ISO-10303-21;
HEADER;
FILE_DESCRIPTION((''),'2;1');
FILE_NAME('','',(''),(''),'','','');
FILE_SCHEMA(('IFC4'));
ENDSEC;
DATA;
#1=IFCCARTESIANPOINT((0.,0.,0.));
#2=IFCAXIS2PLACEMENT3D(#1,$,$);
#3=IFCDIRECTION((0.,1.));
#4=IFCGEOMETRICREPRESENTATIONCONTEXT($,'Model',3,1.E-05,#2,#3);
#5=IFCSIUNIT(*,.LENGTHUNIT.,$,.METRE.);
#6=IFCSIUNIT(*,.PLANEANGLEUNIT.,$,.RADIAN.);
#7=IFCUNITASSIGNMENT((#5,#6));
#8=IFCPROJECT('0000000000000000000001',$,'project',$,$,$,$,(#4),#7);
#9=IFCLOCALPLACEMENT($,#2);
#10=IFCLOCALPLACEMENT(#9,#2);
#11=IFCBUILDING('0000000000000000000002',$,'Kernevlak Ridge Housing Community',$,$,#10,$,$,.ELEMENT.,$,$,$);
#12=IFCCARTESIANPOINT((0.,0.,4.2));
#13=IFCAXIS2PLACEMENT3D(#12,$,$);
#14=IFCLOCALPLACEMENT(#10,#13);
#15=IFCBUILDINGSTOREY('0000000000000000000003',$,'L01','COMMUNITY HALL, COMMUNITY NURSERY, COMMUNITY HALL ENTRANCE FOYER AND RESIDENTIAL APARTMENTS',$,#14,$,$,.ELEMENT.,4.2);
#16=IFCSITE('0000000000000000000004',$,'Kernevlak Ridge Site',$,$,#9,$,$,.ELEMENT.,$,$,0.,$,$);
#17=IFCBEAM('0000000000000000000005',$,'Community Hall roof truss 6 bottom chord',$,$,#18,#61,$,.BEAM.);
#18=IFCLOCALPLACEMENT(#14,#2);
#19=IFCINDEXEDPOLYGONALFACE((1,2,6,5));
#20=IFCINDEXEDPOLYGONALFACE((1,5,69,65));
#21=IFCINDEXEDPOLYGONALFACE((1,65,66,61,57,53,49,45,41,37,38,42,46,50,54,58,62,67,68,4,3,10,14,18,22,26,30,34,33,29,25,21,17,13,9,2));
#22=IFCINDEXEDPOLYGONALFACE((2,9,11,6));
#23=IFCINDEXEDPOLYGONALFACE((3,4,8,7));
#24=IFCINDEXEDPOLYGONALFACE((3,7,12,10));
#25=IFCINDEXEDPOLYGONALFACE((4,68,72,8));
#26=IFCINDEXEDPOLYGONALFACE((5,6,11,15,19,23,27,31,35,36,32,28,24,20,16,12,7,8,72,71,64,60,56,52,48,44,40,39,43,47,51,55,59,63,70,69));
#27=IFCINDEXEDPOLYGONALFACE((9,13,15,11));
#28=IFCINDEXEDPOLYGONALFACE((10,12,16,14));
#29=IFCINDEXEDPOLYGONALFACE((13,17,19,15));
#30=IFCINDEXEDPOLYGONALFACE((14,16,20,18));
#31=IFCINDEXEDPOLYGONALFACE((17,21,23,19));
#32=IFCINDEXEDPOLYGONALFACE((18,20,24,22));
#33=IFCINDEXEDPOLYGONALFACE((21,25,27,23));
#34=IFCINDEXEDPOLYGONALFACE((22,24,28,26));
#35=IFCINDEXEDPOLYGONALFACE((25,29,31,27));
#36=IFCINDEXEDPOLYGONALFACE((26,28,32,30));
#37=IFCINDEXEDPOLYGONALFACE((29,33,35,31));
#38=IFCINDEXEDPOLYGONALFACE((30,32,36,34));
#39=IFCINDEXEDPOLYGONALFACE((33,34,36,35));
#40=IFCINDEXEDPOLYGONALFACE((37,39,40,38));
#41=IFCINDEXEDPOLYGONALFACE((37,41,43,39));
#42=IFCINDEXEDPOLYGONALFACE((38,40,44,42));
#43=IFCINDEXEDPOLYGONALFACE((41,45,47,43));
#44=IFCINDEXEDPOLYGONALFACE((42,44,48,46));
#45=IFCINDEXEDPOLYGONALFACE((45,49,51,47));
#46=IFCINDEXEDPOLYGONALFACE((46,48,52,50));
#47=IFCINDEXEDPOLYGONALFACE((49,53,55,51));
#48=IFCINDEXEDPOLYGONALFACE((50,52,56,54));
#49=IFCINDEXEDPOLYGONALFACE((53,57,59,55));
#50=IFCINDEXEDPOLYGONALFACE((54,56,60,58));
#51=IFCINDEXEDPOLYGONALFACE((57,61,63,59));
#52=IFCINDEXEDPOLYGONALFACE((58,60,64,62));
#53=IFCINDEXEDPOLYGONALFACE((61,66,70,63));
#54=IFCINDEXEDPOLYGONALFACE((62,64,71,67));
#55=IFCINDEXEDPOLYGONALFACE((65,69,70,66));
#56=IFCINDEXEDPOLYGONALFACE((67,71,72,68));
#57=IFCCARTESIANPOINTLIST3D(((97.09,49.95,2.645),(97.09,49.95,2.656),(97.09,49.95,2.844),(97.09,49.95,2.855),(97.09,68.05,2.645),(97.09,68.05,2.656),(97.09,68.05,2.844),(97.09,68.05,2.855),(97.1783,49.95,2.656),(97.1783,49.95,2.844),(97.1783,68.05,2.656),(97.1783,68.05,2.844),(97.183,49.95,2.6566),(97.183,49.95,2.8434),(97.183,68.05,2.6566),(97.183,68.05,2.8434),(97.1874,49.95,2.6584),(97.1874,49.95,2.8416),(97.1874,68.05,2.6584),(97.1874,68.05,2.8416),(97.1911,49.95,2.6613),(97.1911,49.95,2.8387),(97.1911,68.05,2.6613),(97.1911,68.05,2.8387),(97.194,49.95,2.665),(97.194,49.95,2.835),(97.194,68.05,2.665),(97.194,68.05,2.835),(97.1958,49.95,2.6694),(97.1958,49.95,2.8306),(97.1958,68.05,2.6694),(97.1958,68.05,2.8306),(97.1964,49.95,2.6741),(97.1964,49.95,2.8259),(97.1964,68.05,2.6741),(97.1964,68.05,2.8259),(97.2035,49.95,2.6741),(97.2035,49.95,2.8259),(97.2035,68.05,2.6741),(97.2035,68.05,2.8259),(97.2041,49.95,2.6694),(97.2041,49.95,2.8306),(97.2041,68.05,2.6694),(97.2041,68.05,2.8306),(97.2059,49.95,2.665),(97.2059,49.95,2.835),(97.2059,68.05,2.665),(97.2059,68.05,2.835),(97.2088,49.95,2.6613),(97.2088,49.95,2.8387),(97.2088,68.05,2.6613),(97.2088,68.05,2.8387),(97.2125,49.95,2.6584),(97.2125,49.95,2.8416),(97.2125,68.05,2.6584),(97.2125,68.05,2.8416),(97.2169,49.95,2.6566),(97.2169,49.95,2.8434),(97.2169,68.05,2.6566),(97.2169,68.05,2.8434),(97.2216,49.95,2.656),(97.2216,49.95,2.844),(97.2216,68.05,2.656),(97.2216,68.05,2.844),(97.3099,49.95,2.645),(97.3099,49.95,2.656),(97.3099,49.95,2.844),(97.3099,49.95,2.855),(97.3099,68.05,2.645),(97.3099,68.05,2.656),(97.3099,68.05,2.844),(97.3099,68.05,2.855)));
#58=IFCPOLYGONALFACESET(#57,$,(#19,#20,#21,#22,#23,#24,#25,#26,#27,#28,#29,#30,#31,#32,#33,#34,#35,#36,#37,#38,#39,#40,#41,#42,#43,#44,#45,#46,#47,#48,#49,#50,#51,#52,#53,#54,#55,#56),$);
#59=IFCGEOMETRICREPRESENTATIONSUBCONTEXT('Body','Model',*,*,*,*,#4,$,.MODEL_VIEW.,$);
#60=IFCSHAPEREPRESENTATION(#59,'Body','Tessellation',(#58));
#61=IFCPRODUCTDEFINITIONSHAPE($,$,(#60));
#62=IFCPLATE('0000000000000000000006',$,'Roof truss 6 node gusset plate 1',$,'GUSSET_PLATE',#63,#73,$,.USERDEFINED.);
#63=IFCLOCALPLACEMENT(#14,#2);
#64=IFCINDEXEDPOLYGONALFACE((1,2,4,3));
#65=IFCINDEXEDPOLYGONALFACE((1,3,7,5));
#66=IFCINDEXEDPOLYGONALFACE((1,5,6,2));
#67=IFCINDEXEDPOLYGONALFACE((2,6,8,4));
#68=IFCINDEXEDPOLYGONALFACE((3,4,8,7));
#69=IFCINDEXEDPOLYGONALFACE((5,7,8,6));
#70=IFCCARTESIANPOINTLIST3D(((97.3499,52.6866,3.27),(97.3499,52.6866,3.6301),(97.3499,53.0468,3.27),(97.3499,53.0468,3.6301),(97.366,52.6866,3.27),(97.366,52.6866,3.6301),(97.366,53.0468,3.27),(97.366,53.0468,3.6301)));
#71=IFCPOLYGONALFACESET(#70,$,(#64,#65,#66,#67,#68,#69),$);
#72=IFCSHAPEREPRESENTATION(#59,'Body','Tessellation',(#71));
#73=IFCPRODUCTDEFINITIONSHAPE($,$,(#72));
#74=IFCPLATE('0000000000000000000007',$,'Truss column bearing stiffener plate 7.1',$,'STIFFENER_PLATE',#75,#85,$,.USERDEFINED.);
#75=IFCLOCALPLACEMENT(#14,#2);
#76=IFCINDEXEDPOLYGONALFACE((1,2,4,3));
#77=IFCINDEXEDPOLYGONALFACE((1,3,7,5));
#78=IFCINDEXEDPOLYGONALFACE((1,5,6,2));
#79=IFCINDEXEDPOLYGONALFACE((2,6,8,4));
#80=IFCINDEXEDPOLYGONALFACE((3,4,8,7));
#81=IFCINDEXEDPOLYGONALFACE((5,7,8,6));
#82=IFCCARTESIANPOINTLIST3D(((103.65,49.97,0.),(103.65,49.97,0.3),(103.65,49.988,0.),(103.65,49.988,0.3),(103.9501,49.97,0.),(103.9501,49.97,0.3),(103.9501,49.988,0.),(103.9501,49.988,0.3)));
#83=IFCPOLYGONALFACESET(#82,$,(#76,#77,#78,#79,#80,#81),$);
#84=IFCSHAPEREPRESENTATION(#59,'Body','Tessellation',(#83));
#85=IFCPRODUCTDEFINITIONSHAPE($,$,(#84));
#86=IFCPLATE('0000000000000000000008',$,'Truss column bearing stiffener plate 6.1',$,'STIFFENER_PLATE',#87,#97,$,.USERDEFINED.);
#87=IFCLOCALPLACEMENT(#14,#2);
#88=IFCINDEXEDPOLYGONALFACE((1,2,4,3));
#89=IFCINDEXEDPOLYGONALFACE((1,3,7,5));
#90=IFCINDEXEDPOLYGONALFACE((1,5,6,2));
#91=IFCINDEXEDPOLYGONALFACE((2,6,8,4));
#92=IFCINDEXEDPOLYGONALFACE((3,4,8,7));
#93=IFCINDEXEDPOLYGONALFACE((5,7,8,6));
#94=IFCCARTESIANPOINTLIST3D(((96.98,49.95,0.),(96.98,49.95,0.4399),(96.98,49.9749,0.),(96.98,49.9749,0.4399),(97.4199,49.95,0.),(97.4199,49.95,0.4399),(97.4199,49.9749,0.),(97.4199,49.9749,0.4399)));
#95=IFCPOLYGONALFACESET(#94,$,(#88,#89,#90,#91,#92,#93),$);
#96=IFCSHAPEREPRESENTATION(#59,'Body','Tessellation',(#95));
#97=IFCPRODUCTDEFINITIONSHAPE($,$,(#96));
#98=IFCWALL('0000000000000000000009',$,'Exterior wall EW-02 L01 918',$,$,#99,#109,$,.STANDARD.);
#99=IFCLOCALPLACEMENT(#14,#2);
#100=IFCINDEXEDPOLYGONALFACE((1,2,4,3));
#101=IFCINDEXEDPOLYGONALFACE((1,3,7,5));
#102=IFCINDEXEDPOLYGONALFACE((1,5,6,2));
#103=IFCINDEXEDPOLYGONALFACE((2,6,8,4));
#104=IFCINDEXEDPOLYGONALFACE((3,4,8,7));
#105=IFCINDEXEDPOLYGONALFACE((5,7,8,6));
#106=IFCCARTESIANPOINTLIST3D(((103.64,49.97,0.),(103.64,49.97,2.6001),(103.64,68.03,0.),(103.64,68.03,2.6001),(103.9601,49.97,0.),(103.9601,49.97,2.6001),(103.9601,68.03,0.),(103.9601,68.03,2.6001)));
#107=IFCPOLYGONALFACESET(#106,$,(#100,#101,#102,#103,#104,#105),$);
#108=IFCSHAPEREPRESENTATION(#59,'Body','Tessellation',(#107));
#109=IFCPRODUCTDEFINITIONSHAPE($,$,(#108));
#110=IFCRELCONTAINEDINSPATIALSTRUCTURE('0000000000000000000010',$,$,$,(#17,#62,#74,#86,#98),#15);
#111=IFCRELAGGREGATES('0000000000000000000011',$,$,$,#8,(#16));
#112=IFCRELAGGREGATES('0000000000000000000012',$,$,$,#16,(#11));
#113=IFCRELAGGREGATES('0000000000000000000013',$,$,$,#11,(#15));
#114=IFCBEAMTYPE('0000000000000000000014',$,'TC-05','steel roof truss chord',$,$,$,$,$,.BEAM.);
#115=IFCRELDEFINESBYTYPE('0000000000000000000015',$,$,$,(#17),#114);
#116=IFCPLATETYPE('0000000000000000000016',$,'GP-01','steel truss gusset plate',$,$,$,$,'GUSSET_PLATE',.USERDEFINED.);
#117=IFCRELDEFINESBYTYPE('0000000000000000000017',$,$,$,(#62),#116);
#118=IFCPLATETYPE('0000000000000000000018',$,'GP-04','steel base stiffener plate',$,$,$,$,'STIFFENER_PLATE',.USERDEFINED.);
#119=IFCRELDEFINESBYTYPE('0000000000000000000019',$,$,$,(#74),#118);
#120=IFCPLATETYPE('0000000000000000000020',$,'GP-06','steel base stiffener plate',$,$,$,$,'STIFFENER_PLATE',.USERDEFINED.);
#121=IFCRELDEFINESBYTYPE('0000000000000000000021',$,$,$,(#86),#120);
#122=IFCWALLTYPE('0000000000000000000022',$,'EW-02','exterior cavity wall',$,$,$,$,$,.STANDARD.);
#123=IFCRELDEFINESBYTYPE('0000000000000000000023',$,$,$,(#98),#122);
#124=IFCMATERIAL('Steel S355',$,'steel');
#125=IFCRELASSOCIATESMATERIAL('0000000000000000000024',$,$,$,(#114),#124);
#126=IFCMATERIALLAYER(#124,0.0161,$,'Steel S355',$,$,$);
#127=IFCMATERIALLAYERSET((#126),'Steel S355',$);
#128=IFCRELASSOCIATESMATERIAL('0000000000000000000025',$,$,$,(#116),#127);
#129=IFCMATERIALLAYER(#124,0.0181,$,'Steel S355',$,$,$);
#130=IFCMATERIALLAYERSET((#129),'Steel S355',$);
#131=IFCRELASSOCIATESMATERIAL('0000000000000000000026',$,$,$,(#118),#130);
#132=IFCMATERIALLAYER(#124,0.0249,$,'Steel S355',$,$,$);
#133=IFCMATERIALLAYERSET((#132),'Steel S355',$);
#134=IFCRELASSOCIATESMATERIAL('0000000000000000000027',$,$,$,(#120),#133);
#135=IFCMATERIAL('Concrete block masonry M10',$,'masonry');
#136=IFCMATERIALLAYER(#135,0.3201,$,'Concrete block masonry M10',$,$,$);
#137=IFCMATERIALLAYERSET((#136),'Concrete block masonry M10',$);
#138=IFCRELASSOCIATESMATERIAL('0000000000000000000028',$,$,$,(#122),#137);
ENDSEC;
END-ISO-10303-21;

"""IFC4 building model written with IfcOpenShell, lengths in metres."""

from ifc_helpers import new_model, si_unit, direction, frame, frame_2d, origin, origin_2d, place, context, subcontext, project, spatial, rectangle, i_section, extrude, material, layer, layer_set, material_profile, profile_set, type_object, element, save


model = new_model("IFC4")

# Units and contexts
model_context = context("Model", 3, precision=1e-05, world=origin(), true_north=direction((0.0, 1.0)))
body_context = subcontext(model_context, "Body", "Model", "MODEL_VIEW")
ifc_project = project(units=[si_unit("LENGTHUNIT", "METRE"), si_unit("PLANEANGLEUNIT", "RADIAN")], contexts=[model_context])

# Site, building, storey
site_placement = place(None, origin())
site = spatial("IfcSite", under=ifc_project, at=site_placement, Name="Kernevlak Ridge Site", CompositionType="ELEMENT", RefElevation=0.0)
building_placement = place(site_placement, origin())
building = spatial("IfcBuilding", under=site, at=building_placement, Name="Kernevlak Ridge Housing Community", CompositionType="ELEMENT")
storey_placement = place(building_placement, frame((0.0, 0.0, 4.2)))
storey = spatial("IfcBuildingStorey", under=building, at=storey_placement, Name="L01", Description="COMMUNITY HALL, COMMUNITY NURSERY, COMMUNITY HALL ENTRANCE FOYER AND RESIDENTIAL APARTMENTS", CompositionType="ELEMENT", Elevation=4.2)

# Shared definitions
ifc_material_1 = material(Name="Steel S355", Category="steel")

# Beam
ifc_material_profile_1 = material_profile(ifc_material_1, i_section(OverallWidth=0.22, OverallDepth=0.21, WebThickness=0.0071, FlangeThickness=0.011, FilletRadius=0.0181, at=origin_2d()), Name="HEA 220")
ifc_profile_set_1 = profile_set([ifc_material_profile_1], Name="Steel S355")
beam_type_1 = type_object("IfcBeamType", Name="TC-05", Description="steel roof truss chord", PredefinedType="BEAM", material=ifc_profile_set_1)
beam_1_placement = place(storey_placement, frame((97.2, 49.95, 2.75), z_axis=(0.0, 1.0, 0.0), x_axis=(-1.0, 0.0, 0.0)))
element("IfcBeam", 1, at=beam_1_placement, inside=storey, type_object=beam_type_1, Name="Community Hall roof truss 6 bottom chord", PredefinedType="BEAM", context=body_context, shape_type="SweptSolid", body=[
    extrude(i_section(OverallWidth=0.22, OverallDepth=0.21, WebThickness=0.0071, FlangeThickness=0.011, FilletRadius=0.0181, at=origin_2d()), origin(), (0.0, 0.0, 1.0), 18.1001),
])

# Plates
ifc_layer_1 = layer(ifc_material_1, 0.0161, Name="Steel S355")
ifc_layer_set_1 = layer_set([ifc_layer_1], Name="Steel S355")
plate_type_1 = type_object("IfcPlateType", Name="GP-01", Description="steel truss gusset plate", ElementType="GUSSET_PLATE", PredefinedType="USERDEFINED", material=ifc_layer_set_1)
plate_1_placement = place(storey_placement, frame((97.3579, 52.8667, 3.27), z_axis=(0.0, 0.0, 1.0), x_axis=(1.0, 0.0, 0.0)))
element("IfcPlate", 2, at=plate_1_placement, inside=storey, type_object=plate_type_1, Name="Roof truss 6 node gusset plate 1", ObjectType="GUSSET_PLATE", PredefinedType="USERDEFINED", context=body_context, shape_type="SweptSolid", body=[
    extrude(rectangle(XDim=0.0161, YDim=0.3601, at=origin_2d()), origin(), (0.0, 0.0, 1.0), 0.3601),
])
ifc_layer_2 = layer(ifc_material_1, 0.0181, Name="Steel S355")
ifc_layer_set_2 = layer_set([ifc_layer_2], Name="Steel S355")
plate_type_2 = type_object("IfcPlateType", Name="GP-04", Description="steel base stiffener plate", ElementType="STIFFENER_PLATE", PredefinedType="USERDEFINED", material=ifc_layer_set_2)
plate_2_placement = place(storey_placement, frame((103.8, 49.979, 0.0), z_axis=(0.0, 0.0, 1.0), x_axis=(1.0, 0.0, 0.0)))
element("IfcPlate", 3, at=plate_2_placement, inside=storey, type_object=plate_type_2, Name="Truss column bearing stiffener plate 7.1", ObjectType="STIFFENER_PLATE", PredefinedType="USERDEFINED", context=body_context, shape_type="SweptSolid", body=[
    extrude(rectangle(XDim=0.3, YDim=0.0181, at=origin_2d()), origin(), (0.0, 0.0, 1.0), 0.3),
])
ifc_layer_3 = layer(ifc_material_1, 0.0249, Name="Steel S355")
ifc_layer_set_3 = layer_set([ifc_layer_3], Name="Steel S355")
plate_type_3 = type_object("IfcPlateType", Name="GP-06", Description="steel base stiffener plate", ElementType="STIFFENER_PLATE", PredefinedType="USERDEFINED", material=ifc_layer_set_3)
plate_3_placement = place(storey_placement, frame((97.2, 49.9624, 0.0), z_axis=(0.0, 0.0, 1.0), x_axis=(1.0, 0.0, 0.0)))
element("IfcPlate", 4, at=plate_3_placement, inside=storey, type_object=plate_type_3, Name="Truss column bearing stiffener plate 6.1", ObjectType="STIFFENER_PLATE", PredefinedType="USERDEFINED", context=body_context, shape_type="SweptSolid", body=[
    extrude(rectangle(XDim=0.4399, YDim=0.0249, at=origin_2d()), origin(), (0.0, 0.0, 1.0), 0.4399),
])

# Shared definitions
ifc_material_2 = material(Name="Concrete block masonry M10", Category="masonry")
ifc_layer_4 = layer(ifc_material_2, 0.3201, Name="Concrete block masonry M10")
ifc_layer_set_4 = layer_set([ifc_layer_4], Name="Concrete block masonry M10")
wall_type = type_object("IfcWallType", Name="EW-02", Description="exterior cavity wall", PredefinedType="STANDARD", material=ifc_layer_set_4)

# Wall
wall_1_placement = place(storey_placement, frame((103.8, 49.97, 0.0), z_axis=(0.0, 0.0, 1.0), x_axis=(0.0, 1.0, 0.0)))
element("IfcWall", 5, at=wall_1_placement, inside=storey, type_object=wall_type, Name="Exterior wall EW-02 L01 918", PredefinedType="STANDARD", context=body_context, shape_type="SweptSolid", body=[
    extrude(rectangle(XDim=18.0601, YDim=0.3201, at=frame_2d((9.03, 0.0))), origin(), (0.0, 0.0, 1.0), 2.6001),
])

save(model, "model.ifc")
